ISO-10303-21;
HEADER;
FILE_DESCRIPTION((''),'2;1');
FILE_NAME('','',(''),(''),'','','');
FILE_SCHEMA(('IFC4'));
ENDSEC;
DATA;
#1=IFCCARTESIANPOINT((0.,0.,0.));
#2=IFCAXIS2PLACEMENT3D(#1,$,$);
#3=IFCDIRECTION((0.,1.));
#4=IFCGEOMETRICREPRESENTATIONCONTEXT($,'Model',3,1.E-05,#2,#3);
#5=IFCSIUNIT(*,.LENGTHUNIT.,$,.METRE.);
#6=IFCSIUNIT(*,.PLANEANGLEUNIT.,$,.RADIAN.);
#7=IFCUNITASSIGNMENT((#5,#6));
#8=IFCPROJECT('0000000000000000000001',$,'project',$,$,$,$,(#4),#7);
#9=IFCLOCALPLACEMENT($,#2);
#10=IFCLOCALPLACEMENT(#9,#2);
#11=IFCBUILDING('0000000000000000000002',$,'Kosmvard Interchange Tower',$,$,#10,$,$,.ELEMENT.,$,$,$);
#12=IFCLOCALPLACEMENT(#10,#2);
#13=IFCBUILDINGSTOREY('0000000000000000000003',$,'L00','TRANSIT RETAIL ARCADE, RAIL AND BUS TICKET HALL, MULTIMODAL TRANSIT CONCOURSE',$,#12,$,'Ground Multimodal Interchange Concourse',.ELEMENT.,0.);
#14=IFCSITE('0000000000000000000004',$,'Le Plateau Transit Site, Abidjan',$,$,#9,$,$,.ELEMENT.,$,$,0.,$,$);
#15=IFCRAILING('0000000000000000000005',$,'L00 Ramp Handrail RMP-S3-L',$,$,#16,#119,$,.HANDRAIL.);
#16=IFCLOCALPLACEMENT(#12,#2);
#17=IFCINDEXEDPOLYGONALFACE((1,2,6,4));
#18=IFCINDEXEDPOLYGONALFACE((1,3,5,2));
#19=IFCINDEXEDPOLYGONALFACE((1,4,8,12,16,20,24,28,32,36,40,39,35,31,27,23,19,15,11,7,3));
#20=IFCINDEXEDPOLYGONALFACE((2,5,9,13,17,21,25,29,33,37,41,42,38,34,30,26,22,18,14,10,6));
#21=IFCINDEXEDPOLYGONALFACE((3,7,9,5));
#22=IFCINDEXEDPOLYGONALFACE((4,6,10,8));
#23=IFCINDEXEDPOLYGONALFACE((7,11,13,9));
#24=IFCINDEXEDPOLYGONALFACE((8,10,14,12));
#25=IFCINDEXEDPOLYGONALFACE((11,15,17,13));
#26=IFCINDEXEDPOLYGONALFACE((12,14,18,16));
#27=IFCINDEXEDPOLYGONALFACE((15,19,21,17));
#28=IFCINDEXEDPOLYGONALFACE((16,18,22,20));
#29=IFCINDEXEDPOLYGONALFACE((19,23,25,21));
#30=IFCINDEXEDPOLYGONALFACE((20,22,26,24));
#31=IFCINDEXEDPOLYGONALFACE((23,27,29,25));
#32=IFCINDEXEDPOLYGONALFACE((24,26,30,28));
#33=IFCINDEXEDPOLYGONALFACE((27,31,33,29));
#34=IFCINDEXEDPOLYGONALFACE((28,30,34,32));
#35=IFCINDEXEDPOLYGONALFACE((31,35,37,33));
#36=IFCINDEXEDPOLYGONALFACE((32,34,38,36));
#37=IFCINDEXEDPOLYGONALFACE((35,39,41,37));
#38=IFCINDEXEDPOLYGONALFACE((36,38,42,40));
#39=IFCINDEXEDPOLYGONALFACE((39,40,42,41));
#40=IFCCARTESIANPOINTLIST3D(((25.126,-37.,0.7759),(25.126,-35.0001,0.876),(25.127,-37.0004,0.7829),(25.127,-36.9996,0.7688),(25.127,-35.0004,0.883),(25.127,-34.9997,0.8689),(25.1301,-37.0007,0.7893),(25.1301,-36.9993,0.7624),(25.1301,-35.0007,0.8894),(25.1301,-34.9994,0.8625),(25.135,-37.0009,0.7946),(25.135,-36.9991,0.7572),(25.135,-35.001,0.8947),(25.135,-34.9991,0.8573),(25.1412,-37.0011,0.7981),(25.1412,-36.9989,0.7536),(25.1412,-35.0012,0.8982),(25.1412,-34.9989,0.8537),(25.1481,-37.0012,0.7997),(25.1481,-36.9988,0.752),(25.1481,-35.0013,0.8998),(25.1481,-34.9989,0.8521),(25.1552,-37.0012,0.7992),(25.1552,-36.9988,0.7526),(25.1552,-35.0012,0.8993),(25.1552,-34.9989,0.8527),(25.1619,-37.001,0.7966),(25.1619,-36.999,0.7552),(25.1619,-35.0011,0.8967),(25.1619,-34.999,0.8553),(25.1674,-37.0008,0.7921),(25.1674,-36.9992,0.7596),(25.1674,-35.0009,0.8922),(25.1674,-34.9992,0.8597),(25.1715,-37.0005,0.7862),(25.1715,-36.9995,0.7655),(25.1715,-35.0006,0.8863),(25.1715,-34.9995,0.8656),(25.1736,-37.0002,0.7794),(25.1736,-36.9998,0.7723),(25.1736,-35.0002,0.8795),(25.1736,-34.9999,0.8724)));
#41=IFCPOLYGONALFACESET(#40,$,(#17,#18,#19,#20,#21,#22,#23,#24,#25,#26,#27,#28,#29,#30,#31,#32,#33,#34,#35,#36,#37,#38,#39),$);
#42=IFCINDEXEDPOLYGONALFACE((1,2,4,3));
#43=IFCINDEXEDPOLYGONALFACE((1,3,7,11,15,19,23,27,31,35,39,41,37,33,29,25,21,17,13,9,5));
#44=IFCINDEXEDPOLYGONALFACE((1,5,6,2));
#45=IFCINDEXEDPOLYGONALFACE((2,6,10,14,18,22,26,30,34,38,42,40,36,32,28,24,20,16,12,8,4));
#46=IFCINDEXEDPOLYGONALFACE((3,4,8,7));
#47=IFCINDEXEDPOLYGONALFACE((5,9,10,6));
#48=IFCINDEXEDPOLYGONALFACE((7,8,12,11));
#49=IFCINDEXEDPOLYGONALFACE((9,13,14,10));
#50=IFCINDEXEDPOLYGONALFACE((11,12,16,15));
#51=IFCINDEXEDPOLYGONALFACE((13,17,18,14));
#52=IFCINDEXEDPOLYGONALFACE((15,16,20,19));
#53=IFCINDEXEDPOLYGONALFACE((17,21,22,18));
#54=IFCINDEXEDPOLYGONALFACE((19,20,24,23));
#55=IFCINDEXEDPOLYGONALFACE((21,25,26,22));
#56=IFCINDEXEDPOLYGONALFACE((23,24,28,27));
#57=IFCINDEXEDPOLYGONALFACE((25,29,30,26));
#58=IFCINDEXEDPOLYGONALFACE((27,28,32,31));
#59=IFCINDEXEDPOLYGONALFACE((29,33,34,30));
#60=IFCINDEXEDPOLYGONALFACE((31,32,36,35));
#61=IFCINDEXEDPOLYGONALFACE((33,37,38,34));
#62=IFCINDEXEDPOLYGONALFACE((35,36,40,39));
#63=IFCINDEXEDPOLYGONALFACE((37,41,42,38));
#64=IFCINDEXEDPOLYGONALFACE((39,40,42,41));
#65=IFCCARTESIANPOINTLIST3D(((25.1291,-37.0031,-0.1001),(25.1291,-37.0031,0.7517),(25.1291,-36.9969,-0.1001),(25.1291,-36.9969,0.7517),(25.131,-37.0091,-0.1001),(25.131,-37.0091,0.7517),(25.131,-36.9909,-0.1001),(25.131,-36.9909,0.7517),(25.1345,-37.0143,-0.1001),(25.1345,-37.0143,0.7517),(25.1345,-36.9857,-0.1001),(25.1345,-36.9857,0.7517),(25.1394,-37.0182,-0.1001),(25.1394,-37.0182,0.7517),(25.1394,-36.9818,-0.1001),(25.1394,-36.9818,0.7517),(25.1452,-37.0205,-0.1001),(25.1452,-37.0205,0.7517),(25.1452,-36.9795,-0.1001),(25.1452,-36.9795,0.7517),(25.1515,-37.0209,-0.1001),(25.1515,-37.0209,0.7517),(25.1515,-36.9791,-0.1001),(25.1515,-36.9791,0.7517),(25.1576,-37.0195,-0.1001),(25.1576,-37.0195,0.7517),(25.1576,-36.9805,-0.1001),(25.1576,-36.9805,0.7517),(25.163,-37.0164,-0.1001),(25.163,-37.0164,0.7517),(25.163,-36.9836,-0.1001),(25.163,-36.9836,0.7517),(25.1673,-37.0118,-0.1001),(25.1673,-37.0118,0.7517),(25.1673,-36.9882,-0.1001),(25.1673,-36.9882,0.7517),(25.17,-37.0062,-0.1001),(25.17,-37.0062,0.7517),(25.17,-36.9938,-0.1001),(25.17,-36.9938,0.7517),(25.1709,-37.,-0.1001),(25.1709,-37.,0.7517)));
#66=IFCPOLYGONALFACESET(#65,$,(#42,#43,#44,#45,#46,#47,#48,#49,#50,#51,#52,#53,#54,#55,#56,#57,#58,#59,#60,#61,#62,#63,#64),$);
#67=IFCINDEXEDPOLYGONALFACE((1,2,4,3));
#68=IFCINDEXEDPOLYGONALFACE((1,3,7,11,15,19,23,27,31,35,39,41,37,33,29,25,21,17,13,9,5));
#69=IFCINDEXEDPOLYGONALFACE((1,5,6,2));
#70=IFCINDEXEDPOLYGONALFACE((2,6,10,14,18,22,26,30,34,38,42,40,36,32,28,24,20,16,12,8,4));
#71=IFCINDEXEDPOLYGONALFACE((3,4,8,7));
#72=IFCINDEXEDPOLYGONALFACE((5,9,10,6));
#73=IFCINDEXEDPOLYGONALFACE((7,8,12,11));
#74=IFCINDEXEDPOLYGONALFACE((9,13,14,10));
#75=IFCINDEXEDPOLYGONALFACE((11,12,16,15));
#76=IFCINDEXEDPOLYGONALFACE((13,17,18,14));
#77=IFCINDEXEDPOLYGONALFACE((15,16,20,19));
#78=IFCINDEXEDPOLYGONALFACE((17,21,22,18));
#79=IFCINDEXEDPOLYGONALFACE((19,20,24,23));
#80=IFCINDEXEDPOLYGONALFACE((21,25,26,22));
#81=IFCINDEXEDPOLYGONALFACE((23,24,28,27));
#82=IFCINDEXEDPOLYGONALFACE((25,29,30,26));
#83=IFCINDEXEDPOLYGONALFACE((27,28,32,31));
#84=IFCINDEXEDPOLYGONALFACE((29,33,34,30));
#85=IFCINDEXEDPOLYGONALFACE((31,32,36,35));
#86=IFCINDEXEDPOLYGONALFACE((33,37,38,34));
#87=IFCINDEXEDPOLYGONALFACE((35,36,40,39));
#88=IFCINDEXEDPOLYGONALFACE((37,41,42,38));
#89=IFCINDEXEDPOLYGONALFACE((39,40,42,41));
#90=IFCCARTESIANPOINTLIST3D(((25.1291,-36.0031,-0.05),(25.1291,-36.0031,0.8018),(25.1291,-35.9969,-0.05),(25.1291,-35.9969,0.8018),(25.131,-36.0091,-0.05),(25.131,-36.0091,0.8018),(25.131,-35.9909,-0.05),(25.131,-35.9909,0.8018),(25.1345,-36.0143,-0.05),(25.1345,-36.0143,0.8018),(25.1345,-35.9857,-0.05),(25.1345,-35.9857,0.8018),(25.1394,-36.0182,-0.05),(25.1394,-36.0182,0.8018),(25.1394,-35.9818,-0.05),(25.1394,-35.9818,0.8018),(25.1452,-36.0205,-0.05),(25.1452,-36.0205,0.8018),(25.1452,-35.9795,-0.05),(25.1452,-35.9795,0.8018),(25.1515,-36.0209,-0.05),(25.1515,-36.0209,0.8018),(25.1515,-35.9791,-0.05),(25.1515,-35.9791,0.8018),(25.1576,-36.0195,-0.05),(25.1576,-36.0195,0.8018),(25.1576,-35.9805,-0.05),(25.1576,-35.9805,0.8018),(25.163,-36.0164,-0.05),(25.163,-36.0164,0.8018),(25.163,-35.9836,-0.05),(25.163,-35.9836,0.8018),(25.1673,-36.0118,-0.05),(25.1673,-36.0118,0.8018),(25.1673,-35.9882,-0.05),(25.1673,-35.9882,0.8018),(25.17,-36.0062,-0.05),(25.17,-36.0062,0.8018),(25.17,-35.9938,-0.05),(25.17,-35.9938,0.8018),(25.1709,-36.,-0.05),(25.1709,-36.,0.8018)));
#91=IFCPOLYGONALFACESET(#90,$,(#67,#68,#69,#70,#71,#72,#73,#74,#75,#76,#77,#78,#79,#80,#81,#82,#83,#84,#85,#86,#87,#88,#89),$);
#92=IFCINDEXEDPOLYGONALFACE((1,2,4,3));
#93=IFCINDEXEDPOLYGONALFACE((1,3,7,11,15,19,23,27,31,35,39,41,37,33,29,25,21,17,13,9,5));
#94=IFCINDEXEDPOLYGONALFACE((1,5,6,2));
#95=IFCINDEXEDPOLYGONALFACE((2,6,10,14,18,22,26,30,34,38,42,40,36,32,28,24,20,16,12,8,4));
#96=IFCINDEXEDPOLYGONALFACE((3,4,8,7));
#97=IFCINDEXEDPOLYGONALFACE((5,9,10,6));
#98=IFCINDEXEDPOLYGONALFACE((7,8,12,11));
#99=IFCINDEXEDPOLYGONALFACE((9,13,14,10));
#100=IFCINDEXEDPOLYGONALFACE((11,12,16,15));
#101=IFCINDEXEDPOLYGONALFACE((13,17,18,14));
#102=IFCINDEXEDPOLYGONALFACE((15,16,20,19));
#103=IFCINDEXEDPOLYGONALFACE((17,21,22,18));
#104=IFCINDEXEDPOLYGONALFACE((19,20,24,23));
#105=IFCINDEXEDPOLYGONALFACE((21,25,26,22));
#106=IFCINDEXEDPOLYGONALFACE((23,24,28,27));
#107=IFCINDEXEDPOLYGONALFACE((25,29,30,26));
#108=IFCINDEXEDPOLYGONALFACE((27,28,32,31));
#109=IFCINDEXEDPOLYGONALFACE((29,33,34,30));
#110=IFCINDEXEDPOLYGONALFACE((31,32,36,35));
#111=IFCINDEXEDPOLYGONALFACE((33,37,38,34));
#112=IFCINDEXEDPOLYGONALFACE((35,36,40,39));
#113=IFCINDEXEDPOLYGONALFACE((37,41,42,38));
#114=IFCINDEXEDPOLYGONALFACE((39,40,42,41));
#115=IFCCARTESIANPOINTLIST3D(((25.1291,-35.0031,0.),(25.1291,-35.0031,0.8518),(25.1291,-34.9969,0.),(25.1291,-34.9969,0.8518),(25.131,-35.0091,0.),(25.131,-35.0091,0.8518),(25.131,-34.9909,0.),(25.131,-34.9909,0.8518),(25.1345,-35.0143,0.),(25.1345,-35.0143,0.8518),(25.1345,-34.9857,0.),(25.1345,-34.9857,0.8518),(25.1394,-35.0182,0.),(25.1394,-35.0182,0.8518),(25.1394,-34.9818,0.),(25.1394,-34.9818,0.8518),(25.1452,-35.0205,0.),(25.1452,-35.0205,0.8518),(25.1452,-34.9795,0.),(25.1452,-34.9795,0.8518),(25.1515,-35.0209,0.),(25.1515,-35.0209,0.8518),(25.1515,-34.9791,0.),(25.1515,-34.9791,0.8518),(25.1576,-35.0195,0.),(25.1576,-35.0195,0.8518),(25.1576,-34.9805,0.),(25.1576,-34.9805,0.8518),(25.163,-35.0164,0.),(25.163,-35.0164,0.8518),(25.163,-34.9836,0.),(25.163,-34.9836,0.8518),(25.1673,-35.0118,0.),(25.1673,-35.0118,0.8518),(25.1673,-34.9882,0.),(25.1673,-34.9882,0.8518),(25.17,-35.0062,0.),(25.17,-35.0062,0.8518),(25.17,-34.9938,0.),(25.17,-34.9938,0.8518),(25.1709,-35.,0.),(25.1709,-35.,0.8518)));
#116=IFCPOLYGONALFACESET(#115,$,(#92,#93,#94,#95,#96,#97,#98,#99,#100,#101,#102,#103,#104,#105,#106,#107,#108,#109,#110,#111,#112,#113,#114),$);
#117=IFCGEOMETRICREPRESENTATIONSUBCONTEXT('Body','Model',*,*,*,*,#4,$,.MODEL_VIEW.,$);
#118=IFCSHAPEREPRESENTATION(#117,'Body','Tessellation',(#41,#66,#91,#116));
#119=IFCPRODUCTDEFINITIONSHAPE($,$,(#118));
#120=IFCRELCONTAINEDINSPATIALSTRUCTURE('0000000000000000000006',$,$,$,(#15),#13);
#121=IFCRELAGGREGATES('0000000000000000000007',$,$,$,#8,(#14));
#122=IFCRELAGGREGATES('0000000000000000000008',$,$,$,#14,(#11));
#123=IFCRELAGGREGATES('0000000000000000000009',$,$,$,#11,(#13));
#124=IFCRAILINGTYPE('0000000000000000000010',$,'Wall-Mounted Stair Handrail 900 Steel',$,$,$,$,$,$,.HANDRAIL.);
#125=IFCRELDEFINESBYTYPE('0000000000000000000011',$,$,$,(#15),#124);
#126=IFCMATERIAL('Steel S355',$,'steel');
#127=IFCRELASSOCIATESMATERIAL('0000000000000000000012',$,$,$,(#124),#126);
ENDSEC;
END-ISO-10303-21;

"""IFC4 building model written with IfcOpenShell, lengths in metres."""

from ifc_helpers import new_model, si_unit, direction, frame, origin, origin_2d, place, context, subcontext, project, spatial, circle, extrude, source, transform, mapped, material, type_object, element, save


model = new_model("IFC4")

# Units and contexts
model_context = context("Model", 3, precision=1e-05, world=origin(), true_north=direction((0.0, 1.0)))
body_context = subcontext(model_context, "Body", "Model", "MODEL_VIEW")
ifc_project = project(units=[si_unit("LENGTHUNIT", "METRE"), si_unit("PLANEANGLEUNIT", "RADIAN")], contexts=[model_context])

# Site, building, storey
site_placement = place(None, origin())
site = spatial("IfcSite", under=ifc_project, at=site_placement, Name="Le Plateau Transit Site, Abidjan", CompositionType="ELEMENT", RefElevation=0.0)
building_placement = place(site_placement, origin())
building = spatial("IfcBuilding", under=site, at=building_placement, Name="Kosmvard Interchange Tower", CompositionType="ELEMENT")
storey_placement = place(building_placement, origin())
storey = spatial("IfcBuildingStorey", under=building, at=storey_placement, Name="L00", Description="TRANSIT RETAIL ARCADE, RAIL AND BUS TICKET HALL, MULTIMODAL TRANSIT CONCOURSE", LongName="Ground Multimodal Interchange Concourse", CompositionType="ELEMENT", Elevation=0.0)

# Shared definitions
ifc_material_1 = material(Name="Steel S355", Category="steel")

# Railing
railing_type = type_object("IfcRailingType", Name="Wall-Mounted Stair Handrail 900 Steel", PredefinedType="HANDRAIL", material=ifc_material_1)
shared_shape_1 = source(origin(), body_context, "Body", "SweptSolid", [
    extrude(circle(Radius=0.0239, at=origin_2d()), frame((0.0, 0.0, 0.876), z_axis=(0.0, 0.99875, 0.049986), x_axis=(-1.0, 0.0, 0.0)), (0.0, 0.0, 1.0), 2.0024),
    extrude(circle(Radius=0.021, at=origin_2d()), origin(), (0.0, 0.0, 1.0), 0.8518),
    extrude(circle(Radius=0.021, at=origin_2d()), frame((0.0, 1.0, 0.05)), (0.0, 0.0, 1.0), 0.8518),
    extrude(circle(Radius=0.021, at=origin_2d()), frame((0.0, 2.0, 0.1001)), (0.0, 0.0, 1.0), 0.8518),
])
for number, where, name in (
    (1, (25.1499, -37.0, -0.1001), "L00 Ramp Handrail RMP-S3-L"),
):
    element("IfcRailing", number, at=place(storey_placement, frame(where)), inside=storey, type_object=railing_type, Name=name, PredefinedType="HANDRAIL", context=body_context, shape_type="MappedRepresentation", body=[
        mapped(shared_shape_1, transform((0.0, 0.0, 0.0), scale=1.0)),
    ])

save(model, "model.ifc")
